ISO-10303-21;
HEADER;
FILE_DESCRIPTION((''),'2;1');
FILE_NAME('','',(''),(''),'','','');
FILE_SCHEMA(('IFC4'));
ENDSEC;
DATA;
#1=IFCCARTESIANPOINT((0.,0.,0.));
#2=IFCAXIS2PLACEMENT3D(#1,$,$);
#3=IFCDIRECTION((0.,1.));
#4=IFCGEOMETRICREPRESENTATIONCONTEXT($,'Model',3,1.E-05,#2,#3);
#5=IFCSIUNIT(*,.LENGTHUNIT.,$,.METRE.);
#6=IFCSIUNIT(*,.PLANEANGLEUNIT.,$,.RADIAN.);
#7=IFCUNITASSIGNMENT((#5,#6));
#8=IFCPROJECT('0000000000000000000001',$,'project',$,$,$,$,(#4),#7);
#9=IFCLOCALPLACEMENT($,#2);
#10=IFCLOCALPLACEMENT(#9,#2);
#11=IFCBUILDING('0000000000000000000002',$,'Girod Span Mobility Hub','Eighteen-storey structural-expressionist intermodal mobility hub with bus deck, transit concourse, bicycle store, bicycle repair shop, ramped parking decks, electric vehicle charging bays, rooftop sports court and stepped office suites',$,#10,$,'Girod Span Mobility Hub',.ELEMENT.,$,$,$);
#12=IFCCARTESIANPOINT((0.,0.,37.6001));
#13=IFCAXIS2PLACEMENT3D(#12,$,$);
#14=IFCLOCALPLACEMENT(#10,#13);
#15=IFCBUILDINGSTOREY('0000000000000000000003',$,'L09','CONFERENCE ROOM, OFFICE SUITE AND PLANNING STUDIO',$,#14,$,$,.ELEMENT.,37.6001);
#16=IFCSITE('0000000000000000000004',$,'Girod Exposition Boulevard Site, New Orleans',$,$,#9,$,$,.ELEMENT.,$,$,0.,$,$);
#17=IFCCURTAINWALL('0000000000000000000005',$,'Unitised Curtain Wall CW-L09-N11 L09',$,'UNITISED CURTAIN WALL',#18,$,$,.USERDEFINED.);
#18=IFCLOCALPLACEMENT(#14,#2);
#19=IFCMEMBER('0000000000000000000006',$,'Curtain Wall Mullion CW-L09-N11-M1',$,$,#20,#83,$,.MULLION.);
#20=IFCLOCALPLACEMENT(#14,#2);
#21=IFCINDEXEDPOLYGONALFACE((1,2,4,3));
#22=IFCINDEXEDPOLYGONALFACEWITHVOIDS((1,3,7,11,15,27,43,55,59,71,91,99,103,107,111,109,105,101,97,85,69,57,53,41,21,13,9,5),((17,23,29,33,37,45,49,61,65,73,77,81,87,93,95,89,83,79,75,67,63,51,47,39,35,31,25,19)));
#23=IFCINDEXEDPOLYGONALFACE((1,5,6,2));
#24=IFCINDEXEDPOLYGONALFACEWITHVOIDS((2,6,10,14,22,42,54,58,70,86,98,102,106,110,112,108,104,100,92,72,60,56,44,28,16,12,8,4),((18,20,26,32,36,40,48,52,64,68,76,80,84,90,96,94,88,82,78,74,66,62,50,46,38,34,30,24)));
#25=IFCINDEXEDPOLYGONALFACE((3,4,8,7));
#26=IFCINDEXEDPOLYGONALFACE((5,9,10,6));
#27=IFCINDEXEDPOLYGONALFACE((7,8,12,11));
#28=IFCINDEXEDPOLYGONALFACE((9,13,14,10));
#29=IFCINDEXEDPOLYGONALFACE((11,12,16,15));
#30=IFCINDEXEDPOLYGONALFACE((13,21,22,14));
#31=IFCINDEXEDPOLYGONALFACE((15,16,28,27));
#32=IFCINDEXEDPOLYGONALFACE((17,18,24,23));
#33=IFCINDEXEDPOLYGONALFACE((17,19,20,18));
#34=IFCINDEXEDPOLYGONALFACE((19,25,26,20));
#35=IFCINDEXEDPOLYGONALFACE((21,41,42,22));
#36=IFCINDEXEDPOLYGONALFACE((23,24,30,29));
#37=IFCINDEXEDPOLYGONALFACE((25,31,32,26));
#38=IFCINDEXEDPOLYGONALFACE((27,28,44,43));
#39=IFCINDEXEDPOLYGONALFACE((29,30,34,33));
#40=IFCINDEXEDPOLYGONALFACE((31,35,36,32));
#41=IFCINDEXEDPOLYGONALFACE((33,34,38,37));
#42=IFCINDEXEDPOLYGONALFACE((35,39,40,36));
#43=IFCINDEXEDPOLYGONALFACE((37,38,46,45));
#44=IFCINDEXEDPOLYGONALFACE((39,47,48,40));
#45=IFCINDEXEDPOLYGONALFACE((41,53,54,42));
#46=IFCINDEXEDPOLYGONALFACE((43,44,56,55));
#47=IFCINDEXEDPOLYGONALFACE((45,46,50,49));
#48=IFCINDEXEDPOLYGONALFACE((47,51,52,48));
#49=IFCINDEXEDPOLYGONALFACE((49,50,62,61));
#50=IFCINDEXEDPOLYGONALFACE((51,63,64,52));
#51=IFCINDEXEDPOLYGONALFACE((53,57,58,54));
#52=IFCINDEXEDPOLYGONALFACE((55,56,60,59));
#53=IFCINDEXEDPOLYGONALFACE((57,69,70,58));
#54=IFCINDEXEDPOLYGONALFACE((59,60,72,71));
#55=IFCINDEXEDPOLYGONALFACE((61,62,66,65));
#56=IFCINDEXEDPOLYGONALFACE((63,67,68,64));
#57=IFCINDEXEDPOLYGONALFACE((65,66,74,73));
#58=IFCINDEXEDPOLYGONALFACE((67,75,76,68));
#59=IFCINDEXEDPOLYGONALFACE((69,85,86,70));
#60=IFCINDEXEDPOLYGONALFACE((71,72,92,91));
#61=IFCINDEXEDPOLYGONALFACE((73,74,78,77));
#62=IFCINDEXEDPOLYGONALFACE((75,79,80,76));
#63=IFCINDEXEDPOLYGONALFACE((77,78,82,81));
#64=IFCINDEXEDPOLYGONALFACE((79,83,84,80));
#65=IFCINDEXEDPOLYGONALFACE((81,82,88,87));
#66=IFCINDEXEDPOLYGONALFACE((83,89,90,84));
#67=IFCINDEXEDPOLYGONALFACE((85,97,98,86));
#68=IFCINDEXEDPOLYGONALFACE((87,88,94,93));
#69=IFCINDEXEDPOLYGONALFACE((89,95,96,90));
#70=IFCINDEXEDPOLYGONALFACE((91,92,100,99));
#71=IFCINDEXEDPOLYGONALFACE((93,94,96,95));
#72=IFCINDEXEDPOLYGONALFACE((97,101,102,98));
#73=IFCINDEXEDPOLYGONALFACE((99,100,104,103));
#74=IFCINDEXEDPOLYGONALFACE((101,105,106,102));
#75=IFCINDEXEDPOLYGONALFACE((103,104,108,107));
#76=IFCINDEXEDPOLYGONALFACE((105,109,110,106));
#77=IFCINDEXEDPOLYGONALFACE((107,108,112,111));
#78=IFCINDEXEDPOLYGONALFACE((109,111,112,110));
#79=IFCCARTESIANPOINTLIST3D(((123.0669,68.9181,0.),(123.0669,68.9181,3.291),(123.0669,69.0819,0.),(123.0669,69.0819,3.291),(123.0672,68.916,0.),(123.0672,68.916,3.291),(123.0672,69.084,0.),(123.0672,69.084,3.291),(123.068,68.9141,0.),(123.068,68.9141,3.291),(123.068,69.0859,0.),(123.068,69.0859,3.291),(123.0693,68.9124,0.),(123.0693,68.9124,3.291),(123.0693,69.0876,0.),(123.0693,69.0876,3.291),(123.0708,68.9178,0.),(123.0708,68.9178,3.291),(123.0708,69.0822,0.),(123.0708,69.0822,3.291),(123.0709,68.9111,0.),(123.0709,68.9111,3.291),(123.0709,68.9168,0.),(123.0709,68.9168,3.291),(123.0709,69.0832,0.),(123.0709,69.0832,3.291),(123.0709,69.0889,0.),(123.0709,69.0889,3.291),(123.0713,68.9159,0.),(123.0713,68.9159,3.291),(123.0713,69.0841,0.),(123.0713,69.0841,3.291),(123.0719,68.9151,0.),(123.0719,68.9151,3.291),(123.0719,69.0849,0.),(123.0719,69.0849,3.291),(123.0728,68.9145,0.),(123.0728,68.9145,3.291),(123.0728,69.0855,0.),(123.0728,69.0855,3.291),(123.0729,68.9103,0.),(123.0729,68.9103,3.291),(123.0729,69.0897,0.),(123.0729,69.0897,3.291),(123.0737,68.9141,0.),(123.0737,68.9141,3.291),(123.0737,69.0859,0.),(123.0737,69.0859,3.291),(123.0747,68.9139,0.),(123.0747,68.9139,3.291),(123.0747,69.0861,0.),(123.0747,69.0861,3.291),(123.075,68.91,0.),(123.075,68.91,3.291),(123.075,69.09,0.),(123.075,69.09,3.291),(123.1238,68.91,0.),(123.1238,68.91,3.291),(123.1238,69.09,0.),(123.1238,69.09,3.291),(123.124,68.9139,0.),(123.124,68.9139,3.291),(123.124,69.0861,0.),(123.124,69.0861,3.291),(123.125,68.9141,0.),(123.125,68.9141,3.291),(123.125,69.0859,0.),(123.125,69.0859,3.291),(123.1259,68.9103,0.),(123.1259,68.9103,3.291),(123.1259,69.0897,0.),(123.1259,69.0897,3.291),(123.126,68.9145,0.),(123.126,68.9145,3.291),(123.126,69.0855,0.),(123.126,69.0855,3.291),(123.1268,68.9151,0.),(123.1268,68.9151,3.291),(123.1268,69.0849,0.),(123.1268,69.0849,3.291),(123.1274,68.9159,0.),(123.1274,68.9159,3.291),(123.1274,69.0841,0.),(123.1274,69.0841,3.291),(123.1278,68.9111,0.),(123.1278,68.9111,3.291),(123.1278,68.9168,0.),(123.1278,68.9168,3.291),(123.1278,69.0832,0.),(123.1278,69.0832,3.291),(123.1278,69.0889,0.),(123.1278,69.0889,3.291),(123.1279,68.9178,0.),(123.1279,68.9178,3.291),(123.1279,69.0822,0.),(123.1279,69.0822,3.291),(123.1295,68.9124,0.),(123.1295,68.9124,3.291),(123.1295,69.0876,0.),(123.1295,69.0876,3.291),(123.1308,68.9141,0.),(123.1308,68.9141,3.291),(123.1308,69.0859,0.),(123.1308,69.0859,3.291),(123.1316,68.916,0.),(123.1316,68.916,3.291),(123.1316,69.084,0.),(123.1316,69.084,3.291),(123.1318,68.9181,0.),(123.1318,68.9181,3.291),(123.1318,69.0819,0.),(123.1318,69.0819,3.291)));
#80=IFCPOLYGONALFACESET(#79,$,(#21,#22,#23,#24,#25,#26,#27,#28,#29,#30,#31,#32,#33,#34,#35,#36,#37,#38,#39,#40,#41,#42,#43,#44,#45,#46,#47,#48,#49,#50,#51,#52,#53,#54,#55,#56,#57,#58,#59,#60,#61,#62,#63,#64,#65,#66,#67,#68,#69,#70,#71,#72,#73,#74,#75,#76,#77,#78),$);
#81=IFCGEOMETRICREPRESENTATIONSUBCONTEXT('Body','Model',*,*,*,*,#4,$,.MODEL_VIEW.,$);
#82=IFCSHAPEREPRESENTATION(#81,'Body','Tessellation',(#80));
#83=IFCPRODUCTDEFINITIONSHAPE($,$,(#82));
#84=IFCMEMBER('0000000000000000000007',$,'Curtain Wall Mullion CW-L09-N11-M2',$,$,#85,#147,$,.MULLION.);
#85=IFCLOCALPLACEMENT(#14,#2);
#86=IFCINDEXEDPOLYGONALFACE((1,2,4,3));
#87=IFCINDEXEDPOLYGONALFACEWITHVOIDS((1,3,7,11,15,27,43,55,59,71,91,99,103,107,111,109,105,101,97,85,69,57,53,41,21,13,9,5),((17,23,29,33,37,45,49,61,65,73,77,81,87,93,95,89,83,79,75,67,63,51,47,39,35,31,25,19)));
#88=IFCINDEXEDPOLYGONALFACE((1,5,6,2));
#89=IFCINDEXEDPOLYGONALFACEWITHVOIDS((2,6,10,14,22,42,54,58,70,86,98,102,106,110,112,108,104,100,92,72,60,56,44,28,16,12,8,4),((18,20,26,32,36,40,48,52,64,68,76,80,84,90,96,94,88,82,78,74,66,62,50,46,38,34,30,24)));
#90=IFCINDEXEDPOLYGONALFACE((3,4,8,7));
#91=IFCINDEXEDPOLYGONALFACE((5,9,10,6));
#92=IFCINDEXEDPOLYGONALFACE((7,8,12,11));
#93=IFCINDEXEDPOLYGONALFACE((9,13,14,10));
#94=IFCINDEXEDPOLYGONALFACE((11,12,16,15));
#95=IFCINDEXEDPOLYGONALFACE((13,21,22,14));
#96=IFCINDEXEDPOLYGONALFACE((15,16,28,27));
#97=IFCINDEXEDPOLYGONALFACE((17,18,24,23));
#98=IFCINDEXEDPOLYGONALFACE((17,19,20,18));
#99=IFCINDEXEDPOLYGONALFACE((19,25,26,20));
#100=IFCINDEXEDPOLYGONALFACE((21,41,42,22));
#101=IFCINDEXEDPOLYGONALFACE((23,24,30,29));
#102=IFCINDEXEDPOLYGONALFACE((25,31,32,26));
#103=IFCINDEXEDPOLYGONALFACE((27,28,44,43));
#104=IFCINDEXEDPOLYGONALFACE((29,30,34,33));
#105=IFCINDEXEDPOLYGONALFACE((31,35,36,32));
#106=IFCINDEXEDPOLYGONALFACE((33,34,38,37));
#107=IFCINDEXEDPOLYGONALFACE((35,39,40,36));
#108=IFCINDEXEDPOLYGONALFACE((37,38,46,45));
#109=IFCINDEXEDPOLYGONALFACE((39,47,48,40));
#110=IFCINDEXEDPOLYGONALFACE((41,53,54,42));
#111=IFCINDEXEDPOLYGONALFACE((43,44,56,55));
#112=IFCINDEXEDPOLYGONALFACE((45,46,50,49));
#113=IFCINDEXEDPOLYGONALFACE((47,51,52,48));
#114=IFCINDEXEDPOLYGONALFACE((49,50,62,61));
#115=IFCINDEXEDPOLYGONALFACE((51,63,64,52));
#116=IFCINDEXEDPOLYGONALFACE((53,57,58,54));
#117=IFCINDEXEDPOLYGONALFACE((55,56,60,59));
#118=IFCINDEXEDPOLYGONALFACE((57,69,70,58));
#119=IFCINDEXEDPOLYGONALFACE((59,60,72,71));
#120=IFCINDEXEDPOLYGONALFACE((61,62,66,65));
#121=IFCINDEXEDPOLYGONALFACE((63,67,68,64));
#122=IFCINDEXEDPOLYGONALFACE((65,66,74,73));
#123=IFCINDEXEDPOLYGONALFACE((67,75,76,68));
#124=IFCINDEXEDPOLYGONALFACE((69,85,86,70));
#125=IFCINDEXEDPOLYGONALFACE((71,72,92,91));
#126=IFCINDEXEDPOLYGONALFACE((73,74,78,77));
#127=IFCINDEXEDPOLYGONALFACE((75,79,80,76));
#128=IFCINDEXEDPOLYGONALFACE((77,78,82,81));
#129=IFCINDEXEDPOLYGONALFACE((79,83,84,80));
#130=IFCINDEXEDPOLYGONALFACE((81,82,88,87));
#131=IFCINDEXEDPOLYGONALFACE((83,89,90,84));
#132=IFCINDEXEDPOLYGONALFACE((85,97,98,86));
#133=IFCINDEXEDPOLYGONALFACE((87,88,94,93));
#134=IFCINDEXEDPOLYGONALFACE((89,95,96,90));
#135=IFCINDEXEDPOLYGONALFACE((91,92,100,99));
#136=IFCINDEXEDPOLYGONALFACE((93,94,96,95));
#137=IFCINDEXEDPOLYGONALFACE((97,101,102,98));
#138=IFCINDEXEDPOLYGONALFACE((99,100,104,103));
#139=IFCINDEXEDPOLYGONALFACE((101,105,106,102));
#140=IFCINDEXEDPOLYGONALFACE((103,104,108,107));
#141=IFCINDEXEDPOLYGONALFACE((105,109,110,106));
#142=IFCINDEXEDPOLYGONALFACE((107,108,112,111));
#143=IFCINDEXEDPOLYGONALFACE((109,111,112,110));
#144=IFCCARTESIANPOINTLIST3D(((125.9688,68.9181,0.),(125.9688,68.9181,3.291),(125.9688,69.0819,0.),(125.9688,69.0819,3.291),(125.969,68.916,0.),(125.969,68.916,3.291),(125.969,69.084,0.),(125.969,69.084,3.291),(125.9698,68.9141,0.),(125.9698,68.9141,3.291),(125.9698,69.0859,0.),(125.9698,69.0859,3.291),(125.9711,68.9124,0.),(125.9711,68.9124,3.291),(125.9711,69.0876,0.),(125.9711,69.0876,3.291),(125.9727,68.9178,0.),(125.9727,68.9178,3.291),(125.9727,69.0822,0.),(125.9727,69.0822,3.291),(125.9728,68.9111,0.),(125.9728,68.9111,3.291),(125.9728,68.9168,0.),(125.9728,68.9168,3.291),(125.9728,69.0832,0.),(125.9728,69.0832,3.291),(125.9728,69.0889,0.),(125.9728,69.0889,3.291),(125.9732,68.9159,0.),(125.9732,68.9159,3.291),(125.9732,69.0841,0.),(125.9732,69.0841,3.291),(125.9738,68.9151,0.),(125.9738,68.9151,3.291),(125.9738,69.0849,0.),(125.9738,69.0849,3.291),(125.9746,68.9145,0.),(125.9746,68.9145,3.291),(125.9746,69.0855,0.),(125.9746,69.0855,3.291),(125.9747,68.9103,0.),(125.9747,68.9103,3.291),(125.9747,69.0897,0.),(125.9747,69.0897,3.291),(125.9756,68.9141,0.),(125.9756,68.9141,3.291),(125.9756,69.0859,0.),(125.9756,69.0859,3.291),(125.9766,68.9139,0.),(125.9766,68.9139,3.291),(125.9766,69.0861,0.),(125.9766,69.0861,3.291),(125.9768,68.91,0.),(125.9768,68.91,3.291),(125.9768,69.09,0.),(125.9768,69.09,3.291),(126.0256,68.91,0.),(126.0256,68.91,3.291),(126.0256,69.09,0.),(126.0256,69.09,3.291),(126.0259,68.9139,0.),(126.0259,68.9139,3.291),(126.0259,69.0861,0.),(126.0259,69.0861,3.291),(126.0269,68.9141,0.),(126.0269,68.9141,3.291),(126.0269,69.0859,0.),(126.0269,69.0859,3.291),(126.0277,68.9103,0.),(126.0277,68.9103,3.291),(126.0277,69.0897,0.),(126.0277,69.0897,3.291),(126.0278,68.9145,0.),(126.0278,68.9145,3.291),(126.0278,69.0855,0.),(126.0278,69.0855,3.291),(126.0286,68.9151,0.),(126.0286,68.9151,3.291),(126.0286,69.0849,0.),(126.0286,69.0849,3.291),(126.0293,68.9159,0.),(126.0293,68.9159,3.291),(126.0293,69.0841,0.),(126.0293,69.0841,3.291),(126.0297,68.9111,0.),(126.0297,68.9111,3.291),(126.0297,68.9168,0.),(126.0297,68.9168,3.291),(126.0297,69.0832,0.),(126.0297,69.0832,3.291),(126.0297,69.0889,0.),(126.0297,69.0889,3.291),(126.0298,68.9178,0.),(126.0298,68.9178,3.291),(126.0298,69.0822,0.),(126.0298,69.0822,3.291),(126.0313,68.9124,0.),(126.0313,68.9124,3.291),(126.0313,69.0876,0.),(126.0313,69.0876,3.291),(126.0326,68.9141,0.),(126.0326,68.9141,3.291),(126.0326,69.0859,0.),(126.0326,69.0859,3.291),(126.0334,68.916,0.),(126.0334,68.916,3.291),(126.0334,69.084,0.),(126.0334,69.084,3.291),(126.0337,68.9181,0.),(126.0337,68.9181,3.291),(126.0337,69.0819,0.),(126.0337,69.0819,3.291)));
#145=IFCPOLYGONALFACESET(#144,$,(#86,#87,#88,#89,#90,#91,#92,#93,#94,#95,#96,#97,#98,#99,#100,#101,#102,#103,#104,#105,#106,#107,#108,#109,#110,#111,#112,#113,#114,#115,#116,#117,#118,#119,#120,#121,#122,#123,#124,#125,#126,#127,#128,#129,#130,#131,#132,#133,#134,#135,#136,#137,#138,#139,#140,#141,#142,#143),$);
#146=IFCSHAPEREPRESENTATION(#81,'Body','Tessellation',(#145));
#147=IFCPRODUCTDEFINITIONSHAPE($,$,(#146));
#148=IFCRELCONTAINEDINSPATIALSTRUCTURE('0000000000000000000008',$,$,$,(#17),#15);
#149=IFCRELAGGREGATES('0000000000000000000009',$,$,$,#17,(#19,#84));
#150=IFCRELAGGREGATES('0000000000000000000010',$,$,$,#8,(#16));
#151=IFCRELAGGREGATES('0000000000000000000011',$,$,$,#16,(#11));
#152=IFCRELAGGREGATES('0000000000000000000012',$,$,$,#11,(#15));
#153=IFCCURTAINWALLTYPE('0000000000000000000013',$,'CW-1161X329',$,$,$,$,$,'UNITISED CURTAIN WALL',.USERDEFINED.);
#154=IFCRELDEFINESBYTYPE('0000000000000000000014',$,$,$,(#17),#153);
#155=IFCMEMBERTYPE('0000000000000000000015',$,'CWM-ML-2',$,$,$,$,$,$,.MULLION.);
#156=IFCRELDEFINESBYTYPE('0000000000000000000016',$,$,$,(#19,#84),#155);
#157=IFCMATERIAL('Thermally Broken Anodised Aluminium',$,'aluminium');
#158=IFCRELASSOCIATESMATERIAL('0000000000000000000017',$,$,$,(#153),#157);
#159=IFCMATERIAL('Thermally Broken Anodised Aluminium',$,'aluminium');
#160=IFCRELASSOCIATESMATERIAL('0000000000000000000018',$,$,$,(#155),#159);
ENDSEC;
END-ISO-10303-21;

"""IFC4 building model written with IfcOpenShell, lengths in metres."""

from ifc_helpers import new_model, si_unit, direction, frame, origin, origin_2d, place, context, subcontext, project, spatial, hollow_rectangle, extrude, material, material_profile, profile_set, type_object, element, aggregate, save


model = new_model("IFC4")

# Units and contexts
model_context = context("Model", 3, precision=1e-05, world=origin(), true_north=direction((0.0, 1.0)))
body_context = subcontext(model_context, "Body", "Model", "MODEL_VIEW")
ifc_project = project(units=[si_unit("LENGTHUNIT", "METRE"), si_unit("PLANEANGLEUNIT", "RADIAN")], contexts=[model_context])

# Site, building, storey
site_placement = place(None, origin())
site = spatial("IfcSite", under=ifc_project, at=site_placement, Name="Girod Exposition Boulevard Site, New Orleans", CompositionType="ELEMENT", RefElevation=0.0)
building_placement = place(site_placement, origin())
building = spatial("IfcBuilding", under=site, at=building_placement, Name="Girod Span Mobility Hub", Description="Eighteen-storey structural-expressionist intermodal mobility hub with bus deck, transit concourse, bicycle store, bicycle repair shop, ramped parking decks, electric vehicle charging bays, rooftop sports court and stepped office suites", LongName="Girod Span Mobility Hub", CompositionType="ELEMENT")
storey_placement = place(building_placement, frame((0.0, 0.0, 37.6001)))
storey = spatial("IfcBuildingStorey", under=building, at=storey_placement, Name="L09", Description="CONFERENCE ROOM, OFFICE SUITE AND PLANNING STUDIO", CompositionType="ELEMENT", Elevation=37.6001)

# Curtain wall, members
ifc_material_1 = material(Name="Thermally Broken Anodised Aluminium", Category="aluminium")
curtain_wall_type = type_object("IfcCurtainWallType", Name="CW-1161X329", ElementType="UNITISED CURTAIN WALL", PredefinedType="USERDEFINED", material=ifc_material_1)
curtain_wall_placement = place(storey_placement, origin())
curtain_wall = element("IfcCurtainWall", 1, at=curtain_wall_placement, inside=storey, type_object=curtain_wall_type, Name="Unitised Curtain Wall CW-L09-N11 L09", ObjectType="UNITISED CURTAIN WALL", PredefinedType="USERDEFINED")
ifc_material_2 = material(Name="Thermally Broken Anodised Aluminium", Category="aluminium")
ifc_material_profile_1 = material_profile(ifc_material_2, hollow_rectangle(XDim=0.1799, YDim=0.0649, WallThickness=0.0039, InnerFilletRadius=0.0039, OuterFilletRadius=0.0081, at=origin_2d()), Name="CW-ML-65X180")
ifc_profile_set_1 = profile_set([ifc_material_profile_1], Name="Thermally Broken Anodised Aluminium")
member_type_1 = type_object("IfcMemberType", Name="CWM-ML-2", PredefinedType="MULLION", material=ifc_profile_set_1)
member_1_placement = place(storey_placement, frame((123.0994, 69.0, 0.0), z_axis=(0.0, 0.0, 1.0), x_axis=(0.0, 1.0, 0.0)))
member_1 = element("IfcMember", 2, at=member_1_placement, type_object=member_type_1, Name="Curtain Wall Mullion CW-L09-N11-M1", PredefinedType="MULLION", context=body_context, shape_type="SweptSolid", body=[
    extrude(hollow_rectangle(XDim=0.1799, YDim=0.0649, WallThickness=0.0039, InnerFilletRadius=0.0039, OuterFilletRadius=0.0081, at=origin_2d()), origin(), (0.0, 0.0, 1.0), 3.291),
])
member_2_placement = place(storey_placement, frame((126.0012, 69.0, 0.0), z_axis=(0.0, 0.0, 1.0), x_axis=(0.0, 1.0, 0.0)))
member_2 = element("IfcMember", 3, at=member_2_placement, type_object=member_type_1, Name="Curtain Wall Mullion CW-L09-N11-M2", PredefinedType="MULLION", context=body_context, shape_type="SweptSolid", body=[
    extrude(hollow_rectangle(XDim=0.1799, YDim=0.0649, WallThickness=0.0039, InnerFilletRadius=0.0039, OuterFilletRadius=0.0081, at=origin_2d()), origin(), (0.0, 0.0, 1.0), 3.291),
])

aggregate(curtain_wall, [member_1, member_2])

save(model, "model.ifc")
